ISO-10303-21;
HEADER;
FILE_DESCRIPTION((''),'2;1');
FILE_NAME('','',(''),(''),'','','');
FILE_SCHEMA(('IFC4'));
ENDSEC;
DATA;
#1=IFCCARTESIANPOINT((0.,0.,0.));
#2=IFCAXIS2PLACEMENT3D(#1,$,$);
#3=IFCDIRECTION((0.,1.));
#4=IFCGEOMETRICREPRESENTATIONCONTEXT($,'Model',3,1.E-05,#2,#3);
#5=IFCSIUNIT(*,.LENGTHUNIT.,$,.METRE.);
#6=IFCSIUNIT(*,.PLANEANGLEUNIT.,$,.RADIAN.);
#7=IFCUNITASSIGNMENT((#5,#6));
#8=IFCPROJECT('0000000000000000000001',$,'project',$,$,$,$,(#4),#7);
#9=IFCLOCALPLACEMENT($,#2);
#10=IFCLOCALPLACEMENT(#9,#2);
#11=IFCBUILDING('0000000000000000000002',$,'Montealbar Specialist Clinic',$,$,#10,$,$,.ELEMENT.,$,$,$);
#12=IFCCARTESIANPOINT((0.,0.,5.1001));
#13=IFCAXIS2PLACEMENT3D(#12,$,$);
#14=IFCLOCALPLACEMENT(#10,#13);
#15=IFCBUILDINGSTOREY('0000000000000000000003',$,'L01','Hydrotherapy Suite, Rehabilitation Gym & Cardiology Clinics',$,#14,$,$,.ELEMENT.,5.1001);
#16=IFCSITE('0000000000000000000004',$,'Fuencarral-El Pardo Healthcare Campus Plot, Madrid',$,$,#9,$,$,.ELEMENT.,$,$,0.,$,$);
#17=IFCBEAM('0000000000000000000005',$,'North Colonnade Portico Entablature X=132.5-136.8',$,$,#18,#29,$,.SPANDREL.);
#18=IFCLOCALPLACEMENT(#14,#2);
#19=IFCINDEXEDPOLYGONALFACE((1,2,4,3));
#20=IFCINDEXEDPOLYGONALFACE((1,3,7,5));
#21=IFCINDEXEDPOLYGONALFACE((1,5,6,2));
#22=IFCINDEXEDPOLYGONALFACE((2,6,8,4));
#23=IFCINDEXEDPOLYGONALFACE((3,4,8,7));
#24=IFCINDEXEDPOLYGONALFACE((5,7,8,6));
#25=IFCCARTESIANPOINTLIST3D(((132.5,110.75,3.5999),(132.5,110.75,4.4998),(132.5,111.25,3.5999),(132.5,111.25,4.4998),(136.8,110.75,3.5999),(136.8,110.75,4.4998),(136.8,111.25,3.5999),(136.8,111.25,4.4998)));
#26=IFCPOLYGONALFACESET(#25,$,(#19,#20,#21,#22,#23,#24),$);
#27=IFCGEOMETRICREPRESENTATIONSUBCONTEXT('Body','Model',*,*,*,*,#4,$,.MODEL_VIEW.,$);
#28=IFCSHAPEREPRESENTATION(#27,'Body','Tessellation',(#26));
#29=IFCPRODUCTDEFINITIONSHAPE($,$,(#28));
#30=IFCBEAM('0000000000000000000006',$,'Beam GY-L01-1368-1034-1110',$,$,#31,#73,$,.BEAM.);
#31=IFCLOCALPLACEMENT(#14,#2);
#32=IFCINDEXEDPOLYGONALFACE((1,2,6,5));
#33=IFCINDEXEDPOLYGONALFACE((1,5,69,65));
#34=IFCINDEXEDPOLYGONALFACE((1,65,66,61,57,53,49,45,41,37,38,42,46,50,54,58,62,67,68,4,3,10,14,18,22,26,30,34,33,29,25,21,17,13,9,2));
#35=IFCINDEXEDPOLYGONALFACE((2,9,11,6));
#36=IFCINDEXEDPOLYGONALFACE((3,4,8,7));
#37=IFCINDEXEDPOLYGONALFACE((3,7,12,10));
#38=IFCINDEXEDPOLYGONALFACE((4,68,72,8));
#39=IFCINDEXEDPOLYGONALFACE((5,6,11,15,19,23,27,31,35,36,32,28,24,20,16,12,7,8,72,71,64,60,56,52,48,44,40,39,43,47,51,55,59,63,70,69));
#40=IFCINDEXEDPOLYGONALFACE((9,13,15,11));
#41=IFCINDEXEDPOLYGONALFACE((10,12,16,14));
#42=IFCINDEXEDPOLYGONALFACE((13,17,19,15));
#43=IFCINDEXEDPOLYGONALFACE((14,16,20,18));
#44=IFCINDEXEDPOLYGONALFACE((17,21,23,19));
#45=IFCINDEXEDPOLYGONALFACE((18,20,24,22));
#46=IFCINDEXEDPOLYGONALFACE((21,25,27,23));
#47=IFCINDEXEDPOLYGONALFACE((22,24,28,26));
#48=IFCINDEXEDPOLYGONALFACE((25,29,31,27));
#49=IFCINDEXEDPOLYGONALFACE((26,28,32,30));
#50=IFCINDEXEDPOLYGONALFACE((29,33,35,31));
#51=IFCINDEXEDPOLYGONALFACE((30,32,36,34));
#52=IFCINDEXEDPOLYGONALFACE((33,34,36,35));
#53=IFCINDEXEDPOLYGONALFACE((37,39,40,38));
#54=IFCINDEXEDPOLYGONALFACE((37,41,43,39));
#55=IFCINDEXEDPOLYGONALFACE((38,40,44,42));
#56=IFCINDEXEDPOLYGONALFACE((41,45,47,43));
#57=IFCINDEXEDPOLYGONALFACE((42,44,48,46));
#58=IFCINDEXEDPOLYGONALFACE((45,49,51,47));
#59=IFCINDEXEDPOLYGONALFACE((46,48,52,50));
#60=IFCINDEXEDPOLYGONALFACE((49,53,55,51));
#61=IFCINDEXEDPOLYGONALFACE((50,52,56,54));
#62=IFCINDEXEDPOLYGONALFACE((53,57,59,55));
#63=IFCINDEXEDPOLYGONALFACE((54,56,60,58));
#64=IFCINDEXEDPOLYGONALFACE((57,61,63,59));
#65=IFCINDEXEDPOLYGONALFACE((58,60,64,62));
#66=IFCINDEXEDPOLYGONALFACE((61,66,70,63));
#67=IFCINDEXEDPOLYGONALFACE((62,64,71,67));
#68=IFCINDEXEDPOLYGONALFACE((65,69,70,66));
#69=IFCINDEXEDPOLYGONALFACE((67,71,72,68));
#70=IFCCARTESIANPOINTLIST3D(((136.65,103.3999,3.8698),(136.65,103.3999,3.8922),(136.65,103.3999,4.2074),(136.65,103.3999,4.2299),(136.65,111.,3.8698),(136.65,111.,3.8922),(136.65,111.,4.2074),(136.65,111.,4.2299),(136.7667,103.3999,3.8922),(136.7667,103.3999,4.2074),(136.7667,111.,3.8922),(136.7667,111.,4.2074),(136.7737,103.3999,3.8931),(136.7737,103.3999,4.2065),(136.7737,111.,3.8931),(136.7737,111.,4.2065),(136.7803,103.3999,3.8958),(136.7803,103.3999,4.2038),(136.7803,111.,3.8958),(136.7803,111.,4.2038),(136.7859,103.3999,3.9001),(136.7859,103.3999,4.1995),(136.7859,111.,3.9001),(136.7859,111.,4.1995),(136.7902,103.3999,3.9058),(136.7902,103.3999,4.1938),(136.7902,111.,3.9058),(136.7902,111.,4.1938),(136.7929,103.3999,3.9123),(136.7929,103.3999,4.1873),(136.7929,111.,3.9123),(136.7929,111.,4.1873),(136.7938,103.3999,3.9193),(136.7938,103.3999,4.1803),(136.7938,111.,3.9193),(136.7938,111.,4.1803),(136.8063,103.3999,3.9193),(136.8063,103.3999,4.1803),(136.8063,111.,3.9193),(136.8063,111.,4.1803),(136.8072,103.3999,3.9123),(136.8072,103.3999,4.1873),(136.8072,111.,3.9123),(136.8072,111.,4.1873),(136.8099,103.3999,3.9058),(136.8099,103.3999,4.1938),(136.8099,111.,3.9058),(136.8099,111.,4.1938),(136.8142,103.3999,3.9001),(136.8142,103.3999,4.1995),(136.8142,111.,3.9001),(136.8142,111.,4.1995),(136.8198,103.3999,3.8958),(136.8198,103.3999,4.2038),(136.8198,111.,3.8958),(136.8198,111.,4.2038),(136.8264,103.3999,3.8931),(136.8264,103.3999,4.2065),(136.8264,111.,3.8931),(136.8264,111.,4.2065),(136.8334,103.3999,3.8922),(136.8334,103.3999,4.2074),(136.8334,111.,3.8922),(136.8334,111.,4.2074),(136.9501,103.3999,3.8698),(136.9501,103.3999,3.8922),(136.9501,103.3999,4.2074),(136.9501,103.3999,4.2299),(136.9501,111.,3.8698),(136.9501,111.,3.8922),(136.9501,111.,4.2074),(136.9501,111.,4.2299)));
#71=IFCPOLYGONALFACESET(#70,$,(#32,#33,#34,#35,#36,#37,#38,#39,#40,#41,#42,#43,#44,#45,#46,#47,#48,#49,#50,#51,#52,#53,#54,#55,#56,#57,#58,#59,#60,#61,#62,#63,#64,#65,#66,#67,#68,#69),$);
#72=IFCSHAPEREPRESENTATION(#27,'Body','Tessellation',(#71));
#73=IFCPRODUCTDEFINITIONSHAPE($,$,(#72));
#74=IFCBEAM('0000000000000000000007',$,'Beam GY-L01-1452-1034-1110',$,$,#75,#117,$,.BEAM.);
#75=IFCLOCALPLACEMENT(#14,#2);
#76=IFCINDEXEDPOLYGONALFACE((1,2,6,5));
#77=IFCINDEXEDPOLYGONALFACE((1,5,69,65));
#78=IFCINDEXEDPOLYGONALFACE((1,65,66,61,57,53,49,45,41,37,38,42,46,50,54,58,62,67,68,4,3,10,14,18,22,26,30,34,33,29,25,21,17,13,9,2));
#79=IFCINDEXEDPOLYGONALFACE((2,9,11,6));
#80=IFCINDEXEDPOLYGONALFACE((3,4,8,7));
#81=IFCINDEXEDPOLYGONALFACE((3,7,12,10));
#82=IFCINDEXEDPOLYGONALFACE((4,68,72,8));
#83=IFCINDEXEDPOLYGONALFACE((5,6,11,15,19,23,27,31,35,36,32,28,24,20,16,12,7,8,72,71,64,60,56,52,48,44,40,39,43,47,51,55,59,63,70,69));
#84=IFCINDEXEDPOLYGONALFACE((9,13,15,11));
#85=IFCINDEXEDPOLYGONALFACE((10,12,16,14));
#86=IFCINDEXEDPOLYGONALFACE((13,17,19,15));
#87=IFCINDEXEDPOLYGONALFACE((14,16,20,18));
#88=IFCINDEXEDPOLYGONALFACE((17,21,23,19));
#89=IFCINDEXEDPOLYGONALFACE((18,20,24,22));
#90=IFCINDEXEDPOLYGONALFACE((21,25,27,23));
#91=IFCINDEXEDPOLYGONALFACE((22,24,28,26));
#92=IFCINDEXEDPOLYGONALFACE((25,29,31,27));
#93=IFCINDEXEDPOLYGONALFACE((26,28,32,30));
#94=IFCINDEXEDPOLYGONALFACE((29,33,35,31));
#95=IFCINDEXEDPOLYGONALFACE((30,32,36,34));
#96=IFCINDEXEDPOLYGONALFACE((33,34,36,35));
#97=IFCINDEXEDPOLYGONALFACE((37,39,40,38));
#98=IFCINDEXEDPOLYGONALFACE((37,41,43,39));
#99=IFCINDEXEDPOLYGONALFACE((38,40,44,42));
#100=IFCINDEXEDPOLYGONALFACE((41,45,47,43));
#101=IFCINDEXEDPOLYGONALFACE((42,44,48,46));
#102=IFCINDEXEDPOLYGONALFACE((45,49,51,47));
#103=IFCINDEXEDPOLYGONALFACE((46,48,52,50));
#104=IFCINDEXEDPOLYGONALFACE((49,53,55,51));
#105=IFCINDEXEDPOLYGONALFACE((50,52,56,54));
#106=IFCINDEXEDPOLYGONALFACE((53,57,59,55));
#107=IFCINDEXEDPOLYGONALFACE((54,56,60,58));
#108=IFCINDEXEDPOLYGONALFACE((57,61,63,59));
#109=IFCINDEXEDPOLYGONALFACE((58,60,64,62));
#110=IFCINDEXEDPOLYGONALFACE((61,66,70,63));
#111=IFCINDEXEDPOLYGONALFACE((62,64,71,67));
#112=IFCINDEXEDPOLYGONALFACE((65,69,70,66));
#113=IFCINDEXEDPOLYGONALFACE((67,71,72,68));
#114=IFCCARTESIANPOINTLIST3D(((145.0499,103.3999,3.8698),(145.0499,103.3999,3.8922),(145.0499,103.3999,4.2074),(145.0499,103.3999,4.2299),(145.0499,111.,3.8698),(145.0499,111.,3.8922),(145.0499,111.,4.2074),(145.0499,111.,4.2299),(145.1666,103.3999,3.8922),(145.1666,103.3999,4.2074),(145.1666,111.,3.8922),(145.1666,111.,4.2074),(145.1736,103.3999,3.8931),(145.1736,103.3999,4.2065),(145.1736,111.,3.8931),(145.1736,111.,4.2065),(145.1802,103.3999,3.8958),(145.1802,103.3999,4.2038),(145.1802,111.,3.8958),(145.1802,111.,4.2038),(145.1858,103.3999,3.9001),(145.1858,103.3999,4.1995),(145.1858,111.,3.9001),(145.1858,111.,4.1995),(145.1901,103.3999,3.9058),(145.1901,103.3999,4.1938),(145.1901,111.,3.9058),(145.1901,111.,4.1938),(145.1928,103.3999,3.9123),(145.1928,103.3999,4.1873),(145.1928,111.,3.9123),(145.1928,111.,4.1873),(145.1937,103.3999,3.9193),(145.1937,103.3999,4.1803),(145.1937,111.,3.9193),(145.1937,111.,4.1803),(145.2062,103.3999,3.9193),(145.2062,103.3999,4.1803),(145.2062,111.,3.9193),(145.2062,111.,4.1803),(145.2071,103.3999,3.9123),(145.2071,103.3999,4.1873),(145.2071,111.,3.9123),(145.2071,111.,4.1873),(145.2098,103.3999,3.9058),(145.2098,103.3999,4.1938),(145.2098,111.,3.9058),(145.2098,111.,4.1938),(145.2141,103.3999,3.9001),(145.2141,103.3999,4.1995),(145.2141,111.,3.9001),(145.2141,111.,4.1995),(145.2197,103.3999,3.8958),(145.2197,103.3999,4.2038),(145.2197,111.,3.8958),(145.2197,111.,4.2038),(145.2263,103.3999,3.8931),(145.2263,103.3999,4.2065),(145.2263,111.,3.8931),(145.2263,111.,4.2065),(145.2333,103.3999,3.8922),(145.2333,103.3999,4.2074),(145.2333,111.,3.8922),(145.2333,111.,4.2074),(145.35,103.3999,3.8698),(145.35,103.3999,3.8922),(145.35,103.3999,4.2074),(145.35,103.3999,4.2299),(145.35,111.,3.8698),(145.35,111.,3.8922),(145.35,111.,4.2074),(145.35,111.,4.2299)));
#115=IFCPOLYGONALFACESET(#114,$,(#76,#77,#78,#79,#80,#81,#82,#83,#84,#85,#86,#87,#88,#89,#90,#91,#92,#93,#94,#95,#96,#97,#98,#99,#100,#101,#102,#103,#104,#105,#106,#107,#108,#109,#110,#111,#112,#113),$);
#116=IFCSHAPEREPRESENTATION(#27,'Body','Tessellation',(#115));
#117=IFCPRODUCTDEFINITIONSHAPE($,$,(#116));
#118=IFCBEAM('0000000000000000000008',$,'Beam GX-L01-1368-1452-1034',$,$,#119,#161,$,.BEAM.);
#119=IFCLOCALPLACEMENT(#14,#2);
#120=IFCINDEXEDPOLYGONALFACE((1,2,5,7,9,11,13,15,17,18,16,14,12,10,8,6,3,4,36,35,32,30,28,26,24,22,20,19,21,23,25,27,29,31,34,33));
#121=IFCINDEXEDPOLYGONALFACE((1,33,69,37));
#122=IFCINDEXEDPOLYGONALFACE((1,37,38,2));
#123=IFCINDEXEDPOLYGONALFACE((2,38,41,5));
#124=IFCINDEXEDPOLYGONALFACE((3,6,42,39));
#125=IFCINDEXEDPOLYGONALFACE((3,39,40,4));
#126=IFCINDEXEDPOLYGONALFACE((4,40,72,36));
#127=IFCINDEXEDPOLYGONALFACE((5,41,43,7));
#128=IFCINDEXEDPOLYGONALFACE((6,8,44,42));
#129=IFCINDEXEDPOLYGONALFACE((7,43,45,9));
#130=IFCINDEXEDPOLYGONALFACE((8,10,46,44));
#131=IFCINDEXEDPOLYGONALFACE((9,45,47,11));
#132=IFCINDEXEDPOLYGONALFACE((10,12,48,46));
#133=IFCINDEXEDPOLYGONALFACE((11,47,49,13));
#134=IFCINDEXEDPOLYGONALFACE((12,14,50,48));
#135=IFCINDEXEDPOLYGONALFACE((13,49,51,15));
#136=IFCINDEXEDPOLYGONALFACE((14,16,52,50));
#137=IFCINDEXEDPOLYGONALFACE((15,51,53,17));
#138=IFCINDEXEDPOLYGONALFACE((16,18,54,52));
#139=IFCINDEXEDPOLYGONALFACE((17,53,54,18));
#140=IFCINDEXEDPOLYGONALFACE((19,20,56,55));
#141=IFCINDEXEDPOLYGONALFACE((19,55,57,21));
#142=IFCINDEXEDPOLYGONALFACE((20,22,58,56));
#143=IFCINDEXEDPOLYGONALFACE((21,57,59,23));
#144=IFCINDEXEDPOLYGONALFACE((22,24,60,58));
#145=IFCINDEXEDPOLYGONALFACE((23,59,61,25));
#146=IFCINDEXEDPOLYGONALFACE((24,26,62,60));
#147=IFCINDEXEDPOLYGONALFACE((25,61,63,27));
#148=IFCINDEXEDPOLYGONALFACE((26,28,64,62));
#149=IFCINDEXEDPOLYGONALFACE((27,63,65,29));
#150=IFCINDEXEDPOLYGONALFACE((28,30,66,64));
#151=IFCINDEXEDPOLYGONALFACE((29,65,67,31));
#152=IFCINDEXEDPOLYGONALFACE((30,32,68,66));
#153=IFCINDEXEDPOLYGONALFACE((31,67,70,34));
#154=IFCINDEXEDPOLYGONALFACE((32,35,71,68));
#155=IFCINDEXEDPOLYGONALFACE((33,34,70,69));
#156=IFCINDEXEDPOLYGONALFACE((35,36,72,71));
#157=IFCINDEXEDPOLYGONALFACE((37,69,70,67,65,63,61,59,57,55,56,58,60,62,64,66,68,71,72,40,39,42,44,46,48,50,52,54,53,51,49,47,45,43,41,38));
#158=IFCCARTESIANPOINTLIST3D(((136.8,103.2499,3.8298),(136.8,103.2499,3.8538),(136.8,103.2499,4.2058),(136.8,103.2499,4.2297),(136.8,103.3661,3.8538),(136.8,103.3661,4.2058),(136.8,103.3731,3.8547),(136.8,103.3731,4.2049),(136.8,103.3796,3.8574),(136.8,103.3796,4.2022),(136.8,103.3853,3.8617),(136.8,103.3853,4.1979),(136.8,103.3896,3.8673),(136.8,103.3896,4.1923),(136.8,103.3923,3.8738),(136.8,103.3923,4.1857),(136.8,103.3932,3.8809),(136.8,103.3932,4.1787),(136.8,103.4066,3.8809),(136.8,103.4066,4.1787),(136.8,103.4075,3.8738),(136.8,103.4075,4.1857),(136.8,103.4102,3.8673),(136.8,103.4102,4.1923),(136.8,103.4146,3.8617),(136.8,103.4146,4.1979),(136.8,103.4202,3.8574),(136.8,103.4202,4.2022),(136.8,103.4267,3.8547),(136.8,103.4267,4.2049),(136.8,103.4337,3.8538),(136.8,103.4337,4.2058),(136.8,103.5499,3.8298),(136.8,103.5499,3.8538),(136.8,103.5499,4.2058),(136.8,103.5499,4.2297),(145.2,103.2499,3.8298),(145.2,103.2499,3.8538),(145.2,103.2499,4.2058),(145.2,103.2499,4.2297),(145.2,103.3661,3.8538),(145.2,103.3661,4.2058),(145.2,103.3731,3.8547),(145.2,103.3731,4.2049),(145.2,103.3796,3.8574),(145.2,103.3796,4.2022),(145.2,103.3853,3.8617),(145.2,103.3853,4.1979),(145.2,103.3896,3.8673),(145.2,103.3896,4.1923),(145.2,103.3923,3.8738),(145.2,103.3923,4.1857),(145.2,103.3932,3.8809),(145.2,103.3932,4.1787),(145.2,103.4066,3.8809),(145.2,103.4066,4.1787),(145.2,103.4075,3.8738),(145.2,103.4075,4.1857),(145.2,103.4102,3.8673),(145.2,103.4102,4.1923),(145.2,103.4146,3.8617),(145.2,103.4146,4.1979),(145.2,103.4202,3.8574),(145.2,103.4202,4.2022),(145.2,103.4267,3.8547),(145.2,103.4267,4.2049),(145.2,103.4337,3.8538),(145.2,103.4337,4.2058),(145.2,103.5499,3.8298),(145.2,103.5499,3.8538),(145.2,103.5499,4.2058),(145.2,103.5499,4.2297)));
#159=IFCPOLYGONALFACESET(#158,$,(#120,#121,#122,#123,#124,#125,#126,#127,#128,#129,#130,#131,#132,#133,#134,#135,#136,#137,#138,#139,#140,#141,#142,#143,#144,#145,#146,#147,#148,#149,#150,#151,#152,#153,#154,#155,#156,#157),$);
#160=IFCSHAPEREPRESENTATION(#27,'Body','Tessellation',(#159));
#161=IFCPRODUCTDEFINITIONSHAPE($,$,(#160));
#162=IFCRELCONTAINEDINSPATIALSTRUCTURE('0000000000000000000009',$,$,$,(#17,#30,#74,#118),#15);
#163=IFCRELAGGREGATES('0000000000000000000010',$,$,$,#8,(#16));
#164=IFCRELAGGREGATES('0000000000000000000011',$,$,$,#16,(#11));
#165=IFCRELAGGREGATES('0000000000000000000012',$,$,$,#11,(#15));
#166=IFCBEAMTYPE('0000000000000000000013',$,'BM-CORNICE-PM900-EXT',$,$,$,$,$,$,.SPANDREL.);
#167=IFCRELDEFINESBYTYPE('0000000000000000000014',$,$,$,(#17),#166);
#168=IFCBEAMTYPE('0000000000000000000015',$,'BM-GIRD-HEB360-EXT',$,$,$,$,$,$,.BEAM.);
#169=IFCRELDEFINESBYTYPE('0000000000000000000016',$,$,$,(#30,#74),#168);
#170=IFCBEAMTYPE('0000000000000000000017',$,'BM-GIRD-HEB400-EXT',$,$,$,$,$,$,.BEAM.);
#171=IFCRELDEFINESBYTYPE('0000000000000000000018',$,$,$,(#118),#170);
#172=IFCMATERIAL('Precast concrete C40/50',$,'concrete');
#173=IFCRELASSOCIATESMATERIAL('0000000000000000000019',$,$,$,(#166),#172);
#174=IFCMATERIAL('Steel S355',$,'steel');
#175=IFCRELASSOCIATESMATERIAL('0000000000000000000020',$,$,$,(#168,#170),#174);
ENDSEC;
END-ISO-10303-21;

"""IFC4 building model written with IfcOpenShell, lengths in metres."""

from ifc_helpers import new_model, si_unit, direction, frame, origin, origin_2d, place, context, subcontext, project, spatial, rectangle, i_section, extrude, material, material_profile, profile_set, type_object, element, save


model = new_model("IFC4")

# Units and contexts
model_context = context("Model", 3, precision=1e-05, world=origin(), true_north=direction((0.0, 1.0)))
body_context = subcontext(model_context, "Body", "Model", "MODEL_VIEW")
ifc_project = project(units=[si_unit("LENGTHUNIT", "METRE"), si_unit("PLANEANGLEUNIT", "RADIAN")], contexts=[model_context])

# Site, building, storey
site_placement = place(None, origin())
site = spatial("IfcSite", under=ifc_project, at=site_placement, Name="Fuencarral-El Pardo Healthcare Campus Plot, Madrid", CompositionType="ELEMENT", RefElevation=0.0)
building_placement = place(site_placement, origin())
building = spatial("IfcBuilding", under=site, at=building_placement, Name="Montealbar Specialist Clinic", CompositionType="ELEMENT")
storey_placement = place(building_placement, frame((0.0, 0.0, 5.1001)))
storey = spatial("IfcBuildingStorey", under=building, at=storey_placement, Name="L01", Description="Hydrotherapy Suite, Rehabilitation Gym & Cardiology Clinics", CompositionType="ELEMENT", Elevation=5.1001)

# Shared definitions
ifc_material_1 = material(Name="Steel S355", Category="steel")

# Beams
ifc_material_2 = material(Name="Precast concrete C40/50", Category="concrete")
ifc_material_profile_1 = material_profile(ifc_material_2, rectangle(XDim=0.5, YDim=0.8999, at=origin_2d()), Name="PRECAST CORNICE 500x900", Category="concrete")
ifc_profile_set_1 = profile_set([ifc_material_profile_1], Name="Precast concrete C40/50")
beam_type_1 = type_object("IfcBeamType", Name="BM-CORNICE-PM900-EXT", PredefinedType="SPANDREL", material=ifc_profile_set_1)
beam_1_placement = place(storey_placement, frame((132.5, 111.0, 4.0498), z_axis=(1.0, 0.0, 0.0), x_axis=(0.0, 1.0, 0.0)))
element("IfcBeam", 1, at=beam_1_placement, inside=storey, type_object=beam_type_1, Name="North Colonnade Portico Entablature X=132.5-136.8", PredefinedType="SPANDREL", context=body_context, shape_type="SweptSolid", body=[
    extrude(rectangle(XDim=0.5, YDim=0.8999, at=origin_2d()), origin(), (0.0, 0.0, 1.0), 4.3),
])
ifc_material_profile_2 = material_profile(ifc_material_1, i_section(OverallWidth=0.3, OverallDepth=0.3601, WebThickness=0.0125, FlangeThickness=0.0225, FilletRadius=0.0271, at=origin_2d()), Name="HEB 360", Category="steel")
ifc_profile_set_2 = profile_set([ifc_material_profile_2], Name="Steel S355")
beam_type_2 = type_object("IfcBeamType", Name="BM-GIRD-HEB360-EXT", PredefinedType="BEAM", material=ifc_profile_set_2)
for number, where, z_axis, x_axis, name in (
    (2, (136.8, 103.3999, 4.0498), (0.0, 1.0, 0.0), (-1.0, 0.0, 0.0), "Beam GY-L01-1368-1034-1110"),
    (3, (145.2, 103.3999, 4.0498), (0.0, 1.0, 0.0), (-1.0, 0.0, 0.0), "Beam GY-L01-1452-1034-1110"),
):
    element("IfcBeam", number, at=place(storey_placement, frame(where, z_axis=z_axis, x_axis=x_axis)), inside=storey, type_object=beam_type_2, Name=name, PredefinedType="BEAM", context=body_context, shape_type="SweptSolid", body=[
        extrude(i_section(OverallWidth=0.3, OverallDepth=0.3601, WebThickness=0.0125, FlangeThickness=0.0225, FilletRadius=0.0271, at=origin_2d()), origin(), (0.0, 0.0, 1.0), 7.6001),
    ])
ifc_material_profile_3 = material_profile(ifc_material_1, i_section(OverallWidth=0.3, OverallDepth=0.3999, WebThickness=0.0134, FlangeThickness=0.0239, FilletRadius=0.0271, at=origin_2d()), Name="HEB 400", Category="steel")
ifc_profile_set_3 = profile_set([ifc_material_profile_3], Name="Steel S355")
beam_type_3 = type_object("IfcBeamType", Name="BM-GIRD-HEB400-EXT", PredefinedType="BEAM", material=ifc_profile_set_3)
beam_2_placement = place(storey_placement, frame((136.8, 103.3999, 4.0298), z_axis=(1.0, 0.0, 0.0), x_axis=(0.0, 1.0, 0.0)))
element("IfcBeam", 4, at=beam_2_placement, inside=storey, type_object=beam_type_3, Name="Beam GX-L01-1368-1452-1034", PredefinedType="BEAM", context=body_context, shape_type="SweptSolid", body=[
    extrude(i_section(OverallWidth=0.3, OverallDepth=0.3999, WebThickness=0.0134, FlangeThickness=0.0239, FilletRadius=0.0271, at=origin_2d()), origin(), (0.0, 0.0, 1.0), 8.3999),
])

save(model, "model.ifc")
